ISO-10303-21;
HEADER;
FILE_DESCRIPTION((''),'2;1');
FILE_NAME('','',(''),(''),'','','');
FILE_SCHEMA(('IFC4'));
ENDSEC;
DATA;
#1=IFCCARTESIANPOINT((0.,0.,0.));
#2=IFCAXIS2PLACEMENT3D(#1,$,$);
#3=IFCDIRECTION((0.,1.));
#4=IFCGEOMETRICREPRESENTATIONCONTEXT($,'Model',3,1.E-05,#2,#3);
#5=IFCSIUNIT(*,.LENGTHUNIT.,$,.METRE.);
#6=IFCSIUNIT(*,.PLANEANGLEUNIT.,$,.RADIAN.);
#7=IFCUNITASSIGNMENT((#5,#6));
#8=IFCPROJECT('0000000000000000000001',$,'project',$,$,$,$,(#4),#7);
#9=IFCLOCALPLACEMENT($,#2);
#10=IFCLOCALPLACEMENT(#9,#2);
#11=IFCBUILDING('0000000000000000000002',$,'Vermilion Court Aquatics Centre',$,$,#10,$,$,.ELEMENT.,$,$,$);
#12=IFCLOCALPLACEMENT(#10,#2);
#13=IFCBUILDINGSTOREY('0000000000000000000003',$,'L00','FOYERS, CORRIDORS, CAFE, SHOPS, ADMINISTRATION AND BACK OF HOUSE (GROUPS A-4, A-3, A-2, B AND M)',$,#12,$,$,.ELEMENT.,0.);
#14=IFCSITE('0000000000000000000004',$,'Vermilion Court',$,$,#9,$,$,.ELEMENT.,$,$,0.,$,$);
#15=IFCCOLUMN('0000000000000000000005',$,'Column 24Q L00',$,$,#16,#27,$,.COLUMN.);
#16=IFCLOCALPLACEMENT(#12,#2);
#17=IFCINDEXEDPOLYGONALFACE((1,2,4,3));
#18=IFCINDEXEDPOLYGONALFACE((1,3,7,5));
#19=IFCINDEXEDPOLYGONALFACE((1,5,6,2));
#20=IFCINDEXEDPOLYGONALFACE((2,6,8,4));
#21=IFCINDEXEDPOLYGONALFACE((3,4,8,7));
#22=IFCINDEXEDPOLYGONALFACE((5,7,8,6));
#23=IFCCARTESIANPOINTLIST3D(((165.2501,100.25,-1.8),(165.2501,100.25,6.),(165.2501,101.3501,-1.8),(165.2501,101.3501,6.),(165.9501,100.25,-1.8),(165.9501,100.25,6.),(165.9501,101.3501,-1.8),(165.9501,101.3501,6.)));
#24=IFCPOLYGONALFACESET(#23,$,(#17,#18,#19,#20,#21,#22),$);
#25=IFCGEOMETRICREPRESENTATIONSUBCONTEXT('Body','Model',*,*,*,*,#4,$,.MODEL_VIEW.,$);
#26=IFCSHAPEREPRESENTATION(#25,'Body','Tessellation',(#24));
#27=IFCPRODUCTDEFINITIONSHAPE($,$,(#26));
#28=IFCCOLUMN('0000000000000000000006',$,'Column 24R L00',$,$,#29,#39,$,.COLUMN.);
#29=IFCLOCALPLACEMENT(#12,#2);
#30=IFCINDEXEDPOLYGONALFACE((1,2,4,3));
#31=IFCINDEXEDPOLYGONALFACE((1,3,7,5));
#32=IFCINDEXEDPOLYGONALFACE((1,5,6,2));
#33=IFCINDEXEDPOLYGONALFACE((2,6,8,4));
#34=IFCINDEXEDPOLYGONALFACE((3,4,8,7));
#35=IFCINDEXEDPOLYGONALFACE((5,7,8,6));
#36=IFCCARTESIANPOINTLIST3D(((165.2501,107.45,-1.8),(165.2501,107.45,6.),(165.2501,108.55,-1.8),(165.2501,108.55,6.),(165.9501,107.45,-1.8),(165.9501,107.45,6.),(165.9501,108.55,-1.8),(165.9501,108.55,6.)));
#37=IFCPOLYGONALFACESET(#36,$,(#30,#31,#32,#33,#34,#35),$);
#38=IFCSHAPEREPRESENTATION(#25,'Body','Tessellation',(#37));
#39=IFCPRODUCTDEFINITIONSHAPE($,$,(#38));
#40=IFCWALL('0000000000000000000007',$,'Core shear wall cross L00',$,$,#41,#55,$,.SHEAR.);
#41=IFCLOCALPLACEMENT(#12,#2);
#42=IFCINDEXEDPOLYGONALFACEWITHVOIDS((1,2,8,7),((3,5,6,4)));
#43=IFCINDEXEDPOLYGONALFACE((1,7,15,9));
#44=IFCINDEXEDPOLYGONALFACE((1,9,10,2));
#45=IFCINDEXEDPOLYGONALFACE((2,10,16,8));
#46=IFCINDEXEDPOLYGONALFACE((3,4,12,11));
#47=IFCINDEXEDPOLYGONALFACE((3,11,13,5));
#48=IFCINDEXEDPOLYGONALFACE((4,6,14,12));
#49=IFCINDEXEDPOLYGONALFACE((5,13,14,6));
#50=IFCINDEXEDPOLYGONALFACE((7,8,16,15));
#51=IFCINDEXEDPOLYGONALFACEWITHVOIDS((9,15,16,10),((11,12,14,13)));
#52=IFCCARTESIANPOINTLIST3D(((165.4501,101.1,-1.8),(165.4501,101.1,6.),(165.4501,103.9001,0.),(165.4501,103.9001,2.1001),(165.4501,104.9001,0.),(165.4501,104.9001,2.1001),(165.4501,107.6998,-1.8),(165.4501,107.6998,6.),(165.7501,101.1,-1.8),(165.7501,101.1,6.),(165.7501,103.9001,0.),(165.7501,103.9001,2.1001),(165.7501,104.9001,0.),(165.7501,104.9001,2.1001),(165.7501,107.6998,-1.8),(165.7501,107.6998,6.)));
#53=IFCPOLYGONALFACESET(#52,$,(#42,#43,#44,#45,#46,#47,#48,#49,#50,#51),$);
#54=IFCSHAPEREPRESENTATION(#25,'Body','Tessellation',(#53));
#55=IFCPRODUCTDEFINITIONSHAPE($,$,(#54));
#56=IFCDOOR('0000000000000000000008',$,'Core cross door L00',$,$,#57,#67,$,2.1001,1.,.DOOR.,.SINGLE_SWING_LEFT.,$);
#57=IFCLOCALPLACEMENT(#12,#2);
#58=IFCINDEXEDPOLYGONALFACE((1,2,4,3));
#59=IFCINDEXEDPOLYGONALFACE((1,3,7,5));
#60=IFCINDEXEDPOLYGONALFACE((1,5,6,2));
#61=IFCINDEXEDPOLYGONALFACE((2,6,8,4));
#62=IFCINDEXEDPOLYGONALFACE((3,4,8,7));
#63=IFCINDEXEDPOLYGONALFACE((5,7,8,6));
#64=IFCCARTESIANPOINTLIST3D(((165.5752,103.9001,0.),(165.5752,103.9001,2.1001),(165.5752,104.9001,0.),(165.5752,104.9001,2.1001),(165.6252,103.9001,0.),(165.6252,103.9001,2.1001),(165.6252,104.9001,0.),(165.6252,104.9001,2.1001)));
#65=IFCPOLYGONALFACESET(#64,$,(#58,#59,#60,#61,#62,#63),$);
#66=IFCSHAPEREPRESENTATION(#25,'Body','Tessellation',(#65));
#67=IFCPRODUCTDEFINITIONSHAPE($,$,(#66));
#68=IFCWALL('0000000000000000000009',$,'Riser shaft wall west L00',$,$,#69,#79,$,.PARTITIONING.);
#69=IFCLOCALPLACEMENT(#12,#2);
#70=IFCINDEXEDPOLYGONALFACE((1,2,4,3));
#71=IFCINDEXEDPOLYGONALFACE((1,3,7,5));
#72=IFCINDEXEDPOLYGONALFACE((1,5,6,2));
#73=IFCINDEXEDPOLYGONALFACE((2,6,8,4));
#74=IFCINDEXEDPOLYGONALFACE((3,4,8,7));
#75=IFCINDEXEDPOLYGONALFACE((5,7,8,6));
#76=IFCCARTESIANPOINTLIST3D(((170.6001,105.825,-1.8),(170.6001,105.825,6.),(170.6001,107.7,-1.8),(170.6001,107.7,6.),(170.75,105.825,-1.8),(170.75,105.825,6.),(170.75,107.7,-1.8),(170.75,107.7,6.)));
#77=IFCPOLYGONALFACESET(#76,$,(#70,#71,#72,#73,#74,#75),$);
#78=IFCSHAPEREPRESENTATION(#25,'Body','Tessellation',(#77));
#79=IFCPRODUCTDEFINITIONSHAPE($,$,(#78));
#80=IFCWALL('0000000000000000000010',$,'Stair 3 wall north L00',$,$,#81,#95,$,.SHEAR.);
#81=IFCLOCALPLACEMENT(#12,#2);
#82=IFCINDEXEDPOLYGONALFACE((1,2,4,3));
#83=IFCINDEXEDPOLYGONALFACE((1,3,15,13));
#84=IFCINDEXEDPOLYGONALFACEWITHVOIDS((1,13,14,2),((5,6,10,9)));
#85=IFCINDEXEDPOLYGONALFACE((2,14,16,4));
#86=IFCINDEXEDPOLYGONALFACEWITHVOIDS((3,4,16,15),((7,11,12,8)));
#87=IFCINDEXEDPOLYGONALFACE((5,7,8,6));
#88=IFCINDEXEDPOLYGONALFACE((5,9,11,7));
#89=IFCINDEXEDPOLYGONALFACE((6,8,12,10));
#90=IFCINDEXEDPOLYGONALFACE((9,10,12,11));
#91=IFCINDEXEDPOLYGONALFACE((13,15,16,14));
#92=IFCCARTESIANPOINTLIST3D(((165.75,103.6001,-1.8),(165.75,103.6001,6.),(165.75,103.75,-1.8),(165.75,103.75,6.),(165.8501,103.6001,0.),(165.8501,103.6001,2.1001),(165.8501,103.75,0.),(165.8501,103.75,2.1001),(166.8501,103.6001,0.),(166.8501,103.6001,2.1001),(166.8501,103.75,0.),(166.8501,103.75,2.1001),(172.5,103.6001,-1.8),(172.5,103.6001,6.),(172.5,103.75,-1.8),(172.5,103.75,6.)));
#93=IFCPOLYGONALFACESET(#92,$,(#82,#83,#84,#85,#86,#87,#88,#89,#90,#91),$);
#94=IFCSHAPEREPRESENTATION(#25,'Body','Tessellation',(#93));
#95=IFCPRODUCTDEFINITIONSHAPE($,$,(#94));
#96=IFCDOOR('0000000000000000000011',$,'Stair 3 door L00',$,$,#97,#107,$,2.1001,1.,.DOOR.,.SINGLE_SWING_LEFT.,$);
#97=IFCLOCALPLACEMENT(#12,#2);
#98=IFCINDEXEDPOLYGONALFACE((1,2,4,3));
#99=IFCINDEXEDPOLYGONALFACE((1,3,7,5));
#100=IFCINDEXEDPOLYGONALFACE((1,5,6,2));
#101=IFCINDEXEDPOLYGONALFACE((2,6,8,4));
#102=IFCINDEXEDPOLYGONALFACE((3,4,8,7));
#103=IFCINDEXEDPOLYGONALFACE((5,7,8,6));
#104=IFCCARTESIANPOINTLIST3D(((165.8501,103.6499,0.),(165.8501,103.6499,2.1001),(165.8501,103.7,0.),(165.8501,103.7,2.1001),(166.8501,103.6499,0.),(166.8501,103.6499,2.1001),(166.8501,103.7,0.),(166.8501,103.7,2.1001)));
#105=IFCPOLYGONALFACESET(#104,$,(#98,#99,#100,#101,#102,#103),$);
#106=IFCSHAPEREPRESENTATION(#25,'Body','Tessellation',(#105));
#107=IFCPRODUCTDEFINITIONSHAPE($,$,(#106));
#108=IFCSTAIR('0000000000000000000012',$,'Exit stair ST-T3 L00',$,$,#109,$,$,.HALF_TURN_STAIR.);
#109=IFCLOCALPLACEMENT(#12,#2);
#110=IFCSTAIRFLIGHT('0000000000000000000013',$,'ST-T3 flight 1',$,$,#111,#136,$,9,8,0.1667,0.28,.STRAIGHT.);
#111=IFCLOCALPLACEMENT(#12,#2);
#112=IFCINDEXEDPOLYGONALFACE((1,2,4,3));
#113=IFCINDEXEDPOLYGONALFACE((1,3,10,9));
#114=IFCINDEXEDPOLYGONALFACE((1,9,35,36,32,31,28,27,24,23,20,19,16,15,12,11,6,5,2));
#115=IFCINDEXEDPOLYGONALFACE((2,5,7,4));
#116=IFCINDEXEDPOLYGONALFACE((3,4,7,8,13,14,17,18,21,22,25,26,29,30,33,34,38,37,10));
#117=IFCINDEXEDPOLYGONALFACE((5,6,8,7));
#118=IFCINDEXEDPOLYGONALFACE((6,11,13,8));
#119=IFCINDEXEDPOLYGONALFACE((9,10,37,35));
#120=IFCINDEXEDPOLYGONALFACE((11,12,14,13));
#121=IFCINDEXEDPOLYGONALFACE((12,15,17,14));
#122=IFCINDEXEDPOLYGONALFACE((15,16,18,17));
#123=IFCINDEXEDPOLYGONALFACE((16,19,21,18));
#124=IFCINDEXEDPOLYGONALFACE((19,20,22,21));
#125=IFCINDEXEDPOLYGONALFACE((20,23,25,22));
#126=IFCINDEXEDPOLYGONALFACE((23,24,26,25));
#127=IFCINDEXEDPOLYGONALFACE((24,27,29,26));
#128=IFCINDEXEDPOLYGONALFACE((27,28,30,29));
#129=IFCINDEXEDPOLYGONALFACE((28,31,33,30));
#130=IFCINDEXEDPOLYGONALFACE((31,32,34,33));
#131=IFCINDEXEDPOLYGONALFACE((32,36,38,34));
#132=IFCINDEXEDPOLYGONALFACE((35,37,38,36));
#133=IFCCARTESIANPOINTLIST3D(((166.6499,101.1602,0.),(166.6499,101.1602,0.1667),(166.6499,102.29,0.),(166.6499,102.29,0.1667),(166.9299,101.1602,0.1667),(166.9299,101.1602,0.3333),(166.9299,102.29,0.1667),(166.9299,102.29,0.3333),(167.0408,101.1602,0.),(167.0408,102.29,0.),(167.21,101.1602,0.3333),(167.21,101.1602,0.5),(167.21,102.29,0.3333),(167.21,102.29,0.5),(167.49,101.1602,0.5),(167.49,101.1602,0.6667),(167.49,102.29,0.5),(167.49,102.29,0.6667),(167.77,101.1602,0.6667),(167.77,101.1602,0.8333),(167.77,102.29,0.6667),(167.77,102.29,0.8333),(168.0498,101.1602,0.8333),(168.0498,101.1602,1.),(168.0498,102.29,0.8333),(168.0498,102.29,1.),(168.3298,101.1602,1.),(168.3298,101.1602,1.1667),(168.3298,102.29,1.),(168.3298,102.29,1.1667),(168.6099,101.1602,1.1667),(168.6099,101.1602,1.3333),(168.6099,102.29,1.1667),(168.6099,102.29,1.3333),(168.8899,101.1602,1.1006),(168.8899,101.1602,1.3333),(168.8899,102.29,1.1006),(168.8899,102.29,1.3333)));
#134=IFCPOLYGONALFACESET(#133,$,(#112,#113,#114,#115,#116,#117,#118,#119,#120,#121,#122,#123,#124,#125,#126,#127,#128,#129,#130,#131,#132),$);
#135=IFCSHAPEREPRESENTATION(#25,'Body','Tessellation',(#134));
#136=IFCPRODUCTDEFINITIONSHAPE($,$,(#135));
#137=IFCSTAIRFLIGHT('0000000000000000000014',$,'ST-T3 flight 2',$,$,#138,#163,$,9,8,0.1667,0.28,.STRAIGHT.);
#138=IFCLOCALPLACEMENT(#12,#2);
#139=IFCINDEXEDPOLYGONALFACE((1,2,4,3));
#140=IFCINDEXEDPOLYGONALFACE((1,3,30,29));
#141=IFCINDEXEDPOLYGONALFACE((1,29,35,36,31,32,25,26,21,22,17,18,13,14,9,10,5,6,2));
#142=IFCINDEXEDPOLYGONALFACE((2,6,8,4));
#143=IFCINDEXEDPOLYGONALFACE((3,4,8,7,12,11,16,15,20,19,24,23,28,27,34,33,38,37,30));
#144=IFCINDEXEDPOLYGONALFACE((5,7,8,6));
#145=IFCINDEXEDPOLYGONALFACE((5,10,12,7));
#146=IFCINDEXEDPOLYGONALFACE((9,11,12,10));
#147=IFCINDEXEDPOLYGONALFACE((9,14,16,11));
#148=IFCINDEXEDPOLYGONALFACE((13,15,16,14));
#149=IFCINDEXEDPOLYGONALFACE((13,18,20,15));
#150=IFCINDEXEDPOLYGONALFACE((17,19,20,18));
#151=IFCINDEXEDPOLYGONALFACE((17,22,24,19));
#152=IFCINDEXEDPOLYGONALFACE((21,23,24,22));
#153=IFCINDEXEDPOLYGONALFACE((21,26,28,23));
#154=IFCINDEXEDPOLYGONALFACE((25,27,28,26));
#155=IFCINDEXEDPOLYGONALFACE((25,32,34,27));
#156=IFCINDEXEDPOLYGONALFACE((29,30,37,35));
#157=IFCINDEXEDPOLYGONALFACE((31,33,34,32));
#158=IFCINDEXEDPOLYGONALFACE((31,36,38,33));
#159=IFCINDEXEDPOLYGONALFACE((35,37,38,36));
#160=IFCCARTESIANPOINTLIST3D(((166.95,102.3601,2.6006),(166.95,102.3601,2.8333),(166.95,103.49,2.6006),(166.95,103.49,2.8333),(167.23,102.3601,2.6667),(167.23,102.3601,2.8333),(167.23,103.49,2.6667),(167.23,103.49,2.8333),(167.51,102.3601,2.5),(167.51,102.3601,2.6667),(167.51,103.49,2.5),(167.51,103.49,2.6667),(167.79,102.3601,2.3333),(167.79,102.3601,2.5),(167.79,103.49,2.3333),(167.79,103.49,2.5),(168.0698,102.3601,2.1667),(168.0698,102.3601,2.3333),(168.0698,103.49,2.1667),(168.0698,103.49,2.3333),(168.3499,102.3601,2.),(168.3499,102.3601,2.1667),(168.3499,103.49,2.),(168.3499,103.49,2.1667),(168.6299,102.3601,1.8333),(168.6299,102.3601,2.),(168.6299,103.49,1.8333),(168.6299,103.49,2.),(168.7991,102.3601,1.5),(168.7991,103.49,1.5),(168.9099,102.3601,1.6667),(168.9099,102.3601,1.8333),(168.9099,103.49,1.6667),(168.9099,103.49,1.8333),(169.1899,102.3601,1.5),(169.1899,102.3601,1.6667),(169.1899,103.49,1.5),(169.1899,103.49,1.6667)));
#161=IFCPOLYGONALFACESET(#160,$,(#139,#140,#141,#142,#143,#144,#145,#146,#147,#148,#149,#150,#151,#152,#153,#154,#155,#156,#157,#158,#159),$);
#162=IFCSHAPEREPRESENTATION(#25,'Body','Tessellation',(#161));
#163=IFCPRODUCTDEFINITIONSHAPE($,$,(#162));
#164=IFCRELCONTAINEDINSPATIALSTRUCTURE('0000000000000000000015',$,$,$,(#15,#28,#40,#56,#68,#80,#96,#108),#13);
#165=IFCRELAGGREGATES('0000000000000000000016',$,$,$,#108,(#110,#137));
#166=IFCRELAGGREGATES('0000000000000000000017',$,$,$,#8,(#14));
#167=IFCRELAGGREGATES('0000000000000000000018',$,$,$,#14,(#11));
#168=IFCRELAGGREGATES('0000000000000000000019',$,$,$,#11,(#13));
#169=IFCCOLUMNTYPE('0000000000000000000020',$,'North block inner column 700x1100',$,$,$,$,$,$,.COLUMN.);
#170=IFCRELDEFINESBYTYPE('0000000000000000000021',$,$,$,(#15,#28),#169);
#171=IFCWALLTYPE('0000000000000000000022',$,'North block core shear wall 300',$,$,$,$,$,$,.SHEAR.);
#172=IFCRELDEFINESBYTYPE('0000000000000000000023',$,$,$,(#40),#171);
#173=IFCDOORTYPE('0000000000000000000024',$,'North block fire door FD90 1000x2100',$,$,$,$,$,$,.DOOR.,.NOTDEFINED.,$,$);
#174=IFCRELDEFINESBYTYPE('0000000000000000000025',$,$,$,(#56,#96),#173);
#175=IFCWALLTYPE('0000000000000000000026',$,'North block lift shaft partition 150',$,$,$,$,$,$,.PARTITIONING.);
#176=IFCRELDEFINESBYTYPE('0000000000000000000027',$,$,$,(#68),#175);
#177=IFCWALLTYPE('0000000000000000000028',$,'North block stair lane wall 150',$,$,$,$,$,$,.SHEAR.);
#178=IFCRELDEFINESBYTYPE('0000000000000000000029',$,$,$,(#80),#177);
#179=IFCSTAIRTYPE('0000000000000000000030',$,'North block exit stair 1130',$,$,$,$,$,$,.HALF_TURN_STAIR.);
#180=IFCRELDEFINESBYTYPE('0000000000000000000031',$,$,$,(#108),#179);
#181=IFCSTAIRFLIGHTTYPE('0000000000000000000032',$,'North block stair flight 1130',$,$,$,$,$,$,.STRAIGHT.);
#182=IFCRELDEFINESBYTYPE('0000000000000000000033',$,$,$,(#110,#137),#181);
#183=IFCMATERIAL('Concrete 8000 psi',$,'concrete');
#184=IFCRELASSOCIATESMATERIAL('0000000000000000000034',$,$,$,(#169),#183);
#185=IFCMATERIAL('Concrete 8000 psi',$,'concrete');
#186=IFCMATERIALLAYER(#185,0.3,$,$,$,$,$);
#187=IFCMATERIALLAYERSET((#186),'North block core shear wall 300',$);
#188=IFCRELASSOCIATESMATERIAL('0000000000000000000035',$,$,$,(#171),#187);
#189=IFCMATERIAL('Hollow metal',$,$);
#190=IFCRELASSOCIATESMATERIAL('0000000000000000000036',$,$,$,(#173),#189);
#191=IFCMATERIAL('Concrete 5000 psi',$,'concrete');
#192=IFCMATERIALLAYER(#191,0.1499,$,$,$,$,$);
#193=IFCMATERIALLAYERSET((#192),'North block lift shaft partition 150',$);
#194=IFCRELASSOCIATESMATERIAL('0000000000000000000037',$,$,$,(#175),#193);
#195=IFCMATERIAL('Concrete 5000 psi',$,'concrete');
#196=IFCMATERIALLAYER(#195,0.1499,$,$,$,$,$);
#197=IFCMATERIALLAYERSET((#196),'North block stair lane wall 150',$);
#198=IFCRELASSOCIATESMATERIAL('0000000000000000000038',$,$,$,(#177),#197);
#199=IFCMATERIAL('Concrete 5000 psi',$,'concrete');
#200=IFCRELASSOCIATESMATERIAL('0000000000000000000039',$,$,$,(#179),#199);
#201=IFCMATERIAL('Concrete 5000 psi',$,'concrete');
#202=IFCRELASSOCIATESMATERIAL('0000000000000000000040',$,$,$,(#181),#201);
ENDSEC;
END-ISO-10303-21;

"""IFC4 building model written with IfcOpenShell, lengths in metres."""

from ifc_helpers import new_model, si_unit, direction, frame, frame_2d, origin, origin_2d, place, context, subcontext, project, spatial, polyline, rectangle, outline, extrude, material, layer, layer_set, material_profile, profile_set, type_object, element, fill, aggregate, save


model = new_model("IFC4")

# Units and contexts
model_context = context("Model", 3, precision=1e-05, world=origin(), true_north=direction((0.0, 1.0)))
body_context = subcontext(model_context, "Body", "Model", "MODEL_VIEW")
ifc_project = project(units=[si_unit("LENGTHUNIT", "METRE"), si_unit("PLANEANGLEUNIT", "RADIAN")], contexts=[model_context])

# Site, building, storey
site_placement = place(None, origin())
site = spatial("IfcSite", under=ifc_project, at=site_placement, Name="Vermilion Court", CompositionType="ELEMENT", RefElevation=0.0)
building_placement = place(site_placement, origin())
building = spatial("IfcBuilding", under=site, at=building_placement, Name="Vermilion Court Aquatics Centre", CompositionType="ELEMENT")
storey_placement = place(building_placement, origin())
storey = spatial("IfcBuildingStorey", under=building, at=storey_placement, Name="L00", Description="FOYERS, CORRIDORS, CAFE, SHOPS, ADMINISTRATION AND BACK OF HOUSE (GROUPS A-4, A-3, A-2, B AND M)", CompositionType="ELEMENT", Elevation=0.0)

# Columns
ifc_material_1 = material(Name="Concrete 8000 psi", Category="concrete")
ifc_material_profile = material_profile(ifc_material_1, rectangle(XDim=0.7, YDim=1.1001, at=origin_2d()), Name="RC 700x1100")
ifc_profile_set = profile_set([ifc_material_profile], Name="Concrete 8000 psi")
column_type = type_object("IfcColumnType", Name="North block inner column 700x1100", PredefinedType="COLUMN", material=ifc_profile_set)
for number, where, z_axis, x_axis, name in (
    (1, (165.6001, 100.8, -1.8), (0.0, 0.0, 1.0), (1.0, 0.0, 0.0), "Column 24Q L00"),
    (2, (165.6001, 108.0, -1.8), (0.0, 0.0, 1.0), (1.0, 0.0, 0.0), "Column 24R L00"),
):
    element("IfcColumn", number, at=place(storey_placement, frame(where, z_axis=z_axis, x_axis=x_axis)), inside=storey, type_object=column_type, Name=name, PredefinedType="COLUMN", context=body_context, shape_type="SweptSolid", body=[
        extrude(rectangle(XDim=0.7, YDim=1.1001, at=origin_2d()), origin(), (0.0, 0.0, 1.0), 7.8),
    ])

# Wall, opening, door
ifc_material_2 = material(Name="Concrete 8000 psi", Category="concrete")
ifc_layer_1 = layer(ifc_material_2, 0.3)
ifc_layer_set_1 = layer_set([ifc_layer_1], Name="North block core shear wall 300")
wall_type_1 = type_object("IfcWallType", Name="North block core shear wall 300", PredefinedType="SHEAR", material=ifc_layer_set_1)
wall_1_placement = place(storey_placement, frame((165.6001, 101.1001, -1.8), z_axis=(0.0, 0.0, 1.0), x_axis=(0.0, 1.0, 0.0)))
wall_1 = element("IfcWall", 3, at=wall_1_placement, inside=storey, type_object=wall_type_1, Name="Core shear wall cross L00", PredefinedType="SHEAR", context=body_context, shape_type="SweptSolid", body=[
    extrude(rectangle(XDim=6.5999, YDim=0.3, at=frame_2d((3.2998, 0.0))), origin(), (0.0, 0.0, 1.0), 7.8),
])
opening_1_placement = place(wall_1_placement, frame((2.8, 0.0, 1.8)))
opening_1 = element("IfcOpeningElement", 4, at=opening_1_placement, cuts=wall_1, PredefinedType="OPENING", context=body_context, shape_type="SweptSolid", body=[
    extrude(rectangle(XDim=1.0, YDim=2.1001, at=frame_2d((0.5, 1.05))), frame((0.0, 0.1599, 0.0), z_axis=(0.0, -1.0, 0.0), x_axis=(1.0, 0.0, 0.0)), (0.0, 0.0, 1.0), 0.3201),
])
ifc_material_3 = material(Name="Hollow metal")
door_type = type_object("IfcDoorType", Name="North block fire door FD90 1000x2100", OperationType="NOTDEFINED", PredefinedType="DOOR", material=ifc_material_3)
door_1_placement = place(opening_1_placement, origin())
door_1 = element("IfcDoor", 5, at=door_1_placement, inside=storey, type_object=door_type, Name="Core cross door L00", OperationType="SINGLE_SWING_LEFT", OverallHeight=2.1001, OverallWidth=1.0, PredefinedType="DOOR", context=body_context, shape_type="SweptSolid", body=[
    extrude(rectangle(XDim=1.0, YDim=2.1001, at=frame_2d((0.5, 1.05))), frame((0.0, 0.0249, 0.0), z_axis=(0.0, -1.0, 0.0), x_axis=(1.0, 0.0, 0.0)), (0.0, 0.0, 1.0), 0.05),
])
fill(opening_1, door_1)

# Wall
ifc_material_4 = material(Name="Concrete 5000 psi", Category="concrete")
ifc_layer_2 = layer(ifc_material_4, 0.1499)
ifc_layer_set_2 = layer_set([ifc_layer_2], Name="North block lift shaft partition 150")
wall_type_2 = type_object("IfcWallType", Name="North block lift shaft partition 150", PredefinedType="PARTITIONING", material=ifc_layer_set_2)
wall_2_placement = place(storey_placement, frame((170.675, 105.825, -1.8), z_axis=(0.0, 0.0, 1.0), x_axis=(0.0, 1.0, 0.0)))
element("IfcWall", 6, at=wall_2_placement, inside=storey, type_object=wall_type_2, Name="Riser shaft wall west L00", PredefinedType="PARTITIONING", context=body_context, shape_type="SweptSolid", body=[
    extrude(rectangle(XDim=1.875, YDim=0.1499, at=frame_2d((0.9375, 0.0))), origin(), (0.0, 0.0, 1.0), 7.8),
])

# Wall, opening, door
ifc_material_5 = material(Name="Concrete 5000 psi", Category="concrete")
ifc_layer_3 = layer(ifc_material_5, 0.1499)
ifc_layer_set_3 = layer_set([ifc_layer_3], Name="North block stair lane wall 150")
wall_type_3 = type_object("IfcWallType", Name="North block stair lane wall 150", PredefinedType="SHEAR", material=ifc_layer_set_3)
wall_3_placement = place(storey_placement, frame((165.75, 103.675, -1.8), z_axis=(0.0, 0.0, 1.0), x_axis=(1.0, 0.0, 0.0)))
wall_3 = element("IfcWall", 7, at=wall_3_placement, inside=storey, type_object=wall_type_3, Name="Stair 3 wall north L00", PredefinedType="SHEAR", context=body_context, shape_type="SweptSolid", body=[
    extrude(rectangle(XDim=6.75, YDim=0.1499, at=frame_2d((3.375, 0.0))), origin(), (0.0, 0.0, 1.0), 7.8),
])
opening_2_placement = place(wall_3_placement, frame((0.1001, 0.0, 1.8)))
opening_2 = element("IfcOpeningElement", 8, at=opening_2_placement, cuts=wall_3, PredefinedType="OPENING", context=body_context, shape_type="SweptSolid", body=[
    extrude(rectangle(XDim=1.0, YDim=2.1001, at=frame_2d((0.5, 1.05))), frame((0.0, 0.085, 0.0), z_axis=(0.0, -1.0, 0.0), x_axis=(1.0, 0.0, 0.0)), (0.0, 0.0, 1.0), 0.1699),
])
door_2_placement = place(opening_2_placement, origin())
door_2 = element("IfcDoor", 9, at=door_2_placement, inside=storey, type_object=door_type, Name="Stair 3 door L00", OperationType="SINGLE_SWING_LEFT", OverallHeight=2.1001, OverallWidth=1.0, PredefinedType="DOOR", context=body_context, shape_type="SweptSolid", body=[
    extrude(rectangle(XDim=1.0, YDim=2.1001, at=frame_2d((0.5, 1.05))), frame((0.0, 0.0249, 0.0), z_axis=(0.0, -1.0, 0.0), x_axis=(1.0, 0.0, 0.0)), (0.0, 0.0, 1.0), 0.05),
])
fill(opening_2, door_2)

# Stair, stair flights
ifc_material_6 = material(Name="Concrete 5000 psi", Category="concrete")
stair_type = type_object("IfcStairType", Name="North block exit stair 1130", PredefinedType="HALF_TURN_STAIR", material=ifc_material_6)
stair_placement = place(storey_placement, origin())
stair = element("IfcStair", 10, at=stair_placement, inside=storey, type_object=stair_type, Name="Exit stair ST-T3 L00", PredefinedType="HALF_TURN_STAIR")
ifc_material_7 = material(Name="Concrete 5000 psi", Category="concrete")
stair_flight_type = type_object("IfcStairFlightType", Name="North block stair flight 1130", PredefinedType="STRAIGHT", material=ifc_material_7)
stair_flight_1_placement = place(storey_placement, frame((166.6499, 101.7251, 0.0), z_axis=(0.0, 0.0, 1.0), x_axis=(1.0, 0.0, 0.0)))
stair_flight_1 = element("IfcStairFlight", 11, at=stair_flight_1_placement, type_object=stair_flight_type, Name="ST-T3 flight 1", NumberOfRisers=9, NumberOfTreads=8, PredefinedType="STRAIGHT", RiserHeight=0.1667, TreadLength=0.28, context=body_context, shape_type="SweptSolid", body=[
    extrude(outline(polyline([(0.0, 0.0), (0.0, 0.1667), (0.28, 0.1667), (0.28, 0.3333), (0.5601, 0.3333), (0.5601, 0.5), (0.8401, 0.5), (0.8401, 0.6667), (1.1201, 0.6667), (1.1201, 0.8333), (1.3999, 0.8333), (1.3999, 1.0), (1.6799, 1.0), (1.6799, 1.1667), (1.96, 1.1667), (1.96, 1.3333), (2.24, 1.3333), (2.24, 1.5), (2.24, 1.1006), (0.3909, 0.0), (0.0, 0.0)])), frame((0.0, 0.5649, 0.0), z_axis=(0.0, -1.0, 0.0), x_axis=(1.0, 0.0, 0.0)), (0.0, 0.0, 1.0), 1.1299),
])
stair_flight_2_placement = place(storey_placement, frame((169.1899, 102.925, 1.5), z_axis=(0.0, 0.0, 1.0), x_axis=(-1.0, 0.0, 0.0)))
stair_flight_2 = element("IfcStairFlight", 12, at=stair_flight_2_placement, type_object=stair_flight_type, Name="ST-T3 flight 2", NumberOfRisers=9, NumberOfTreads=8, PredefinedType="STRAIGHT", RiserHeight=0.1667, TreadLength=0.28, context=body_context, shape_type="SweptSolid", body=[
    extrude(outline(polyline([(0.0, 0.0), (0.0, 0.1667), (0.28, 0.1667), (0.28, 0.3333), (0.5601, 0.3333), (0.5601, 0.5), (0.8401, 0.5), (0.8401, 0.6667), (1.1201, 0.6667), (1.1201, 0.8333), (1.3999, 0.8333), (1.3999, 1.0), (1.6799, 1.0), (1.6799, 1.1667), (1.96, 1.1667), (1.96, 1.3333), (2.24, 1.3333), (2.24, 1.5), (2.24, 1.1006), (0.3909, 0.0), (0.0, 0.0)])), frame((0.0, 0.5649, 0.0), z_axis=(0.0, -1.0, 0.0), x_axis=(1.0, 0.0, 0.0)), (0.0, 0.0, 1.0), 1.1299),
])
aggregate(stair, [stair_flight_1, stair_flight_2])

save(model, "model.ifc")
